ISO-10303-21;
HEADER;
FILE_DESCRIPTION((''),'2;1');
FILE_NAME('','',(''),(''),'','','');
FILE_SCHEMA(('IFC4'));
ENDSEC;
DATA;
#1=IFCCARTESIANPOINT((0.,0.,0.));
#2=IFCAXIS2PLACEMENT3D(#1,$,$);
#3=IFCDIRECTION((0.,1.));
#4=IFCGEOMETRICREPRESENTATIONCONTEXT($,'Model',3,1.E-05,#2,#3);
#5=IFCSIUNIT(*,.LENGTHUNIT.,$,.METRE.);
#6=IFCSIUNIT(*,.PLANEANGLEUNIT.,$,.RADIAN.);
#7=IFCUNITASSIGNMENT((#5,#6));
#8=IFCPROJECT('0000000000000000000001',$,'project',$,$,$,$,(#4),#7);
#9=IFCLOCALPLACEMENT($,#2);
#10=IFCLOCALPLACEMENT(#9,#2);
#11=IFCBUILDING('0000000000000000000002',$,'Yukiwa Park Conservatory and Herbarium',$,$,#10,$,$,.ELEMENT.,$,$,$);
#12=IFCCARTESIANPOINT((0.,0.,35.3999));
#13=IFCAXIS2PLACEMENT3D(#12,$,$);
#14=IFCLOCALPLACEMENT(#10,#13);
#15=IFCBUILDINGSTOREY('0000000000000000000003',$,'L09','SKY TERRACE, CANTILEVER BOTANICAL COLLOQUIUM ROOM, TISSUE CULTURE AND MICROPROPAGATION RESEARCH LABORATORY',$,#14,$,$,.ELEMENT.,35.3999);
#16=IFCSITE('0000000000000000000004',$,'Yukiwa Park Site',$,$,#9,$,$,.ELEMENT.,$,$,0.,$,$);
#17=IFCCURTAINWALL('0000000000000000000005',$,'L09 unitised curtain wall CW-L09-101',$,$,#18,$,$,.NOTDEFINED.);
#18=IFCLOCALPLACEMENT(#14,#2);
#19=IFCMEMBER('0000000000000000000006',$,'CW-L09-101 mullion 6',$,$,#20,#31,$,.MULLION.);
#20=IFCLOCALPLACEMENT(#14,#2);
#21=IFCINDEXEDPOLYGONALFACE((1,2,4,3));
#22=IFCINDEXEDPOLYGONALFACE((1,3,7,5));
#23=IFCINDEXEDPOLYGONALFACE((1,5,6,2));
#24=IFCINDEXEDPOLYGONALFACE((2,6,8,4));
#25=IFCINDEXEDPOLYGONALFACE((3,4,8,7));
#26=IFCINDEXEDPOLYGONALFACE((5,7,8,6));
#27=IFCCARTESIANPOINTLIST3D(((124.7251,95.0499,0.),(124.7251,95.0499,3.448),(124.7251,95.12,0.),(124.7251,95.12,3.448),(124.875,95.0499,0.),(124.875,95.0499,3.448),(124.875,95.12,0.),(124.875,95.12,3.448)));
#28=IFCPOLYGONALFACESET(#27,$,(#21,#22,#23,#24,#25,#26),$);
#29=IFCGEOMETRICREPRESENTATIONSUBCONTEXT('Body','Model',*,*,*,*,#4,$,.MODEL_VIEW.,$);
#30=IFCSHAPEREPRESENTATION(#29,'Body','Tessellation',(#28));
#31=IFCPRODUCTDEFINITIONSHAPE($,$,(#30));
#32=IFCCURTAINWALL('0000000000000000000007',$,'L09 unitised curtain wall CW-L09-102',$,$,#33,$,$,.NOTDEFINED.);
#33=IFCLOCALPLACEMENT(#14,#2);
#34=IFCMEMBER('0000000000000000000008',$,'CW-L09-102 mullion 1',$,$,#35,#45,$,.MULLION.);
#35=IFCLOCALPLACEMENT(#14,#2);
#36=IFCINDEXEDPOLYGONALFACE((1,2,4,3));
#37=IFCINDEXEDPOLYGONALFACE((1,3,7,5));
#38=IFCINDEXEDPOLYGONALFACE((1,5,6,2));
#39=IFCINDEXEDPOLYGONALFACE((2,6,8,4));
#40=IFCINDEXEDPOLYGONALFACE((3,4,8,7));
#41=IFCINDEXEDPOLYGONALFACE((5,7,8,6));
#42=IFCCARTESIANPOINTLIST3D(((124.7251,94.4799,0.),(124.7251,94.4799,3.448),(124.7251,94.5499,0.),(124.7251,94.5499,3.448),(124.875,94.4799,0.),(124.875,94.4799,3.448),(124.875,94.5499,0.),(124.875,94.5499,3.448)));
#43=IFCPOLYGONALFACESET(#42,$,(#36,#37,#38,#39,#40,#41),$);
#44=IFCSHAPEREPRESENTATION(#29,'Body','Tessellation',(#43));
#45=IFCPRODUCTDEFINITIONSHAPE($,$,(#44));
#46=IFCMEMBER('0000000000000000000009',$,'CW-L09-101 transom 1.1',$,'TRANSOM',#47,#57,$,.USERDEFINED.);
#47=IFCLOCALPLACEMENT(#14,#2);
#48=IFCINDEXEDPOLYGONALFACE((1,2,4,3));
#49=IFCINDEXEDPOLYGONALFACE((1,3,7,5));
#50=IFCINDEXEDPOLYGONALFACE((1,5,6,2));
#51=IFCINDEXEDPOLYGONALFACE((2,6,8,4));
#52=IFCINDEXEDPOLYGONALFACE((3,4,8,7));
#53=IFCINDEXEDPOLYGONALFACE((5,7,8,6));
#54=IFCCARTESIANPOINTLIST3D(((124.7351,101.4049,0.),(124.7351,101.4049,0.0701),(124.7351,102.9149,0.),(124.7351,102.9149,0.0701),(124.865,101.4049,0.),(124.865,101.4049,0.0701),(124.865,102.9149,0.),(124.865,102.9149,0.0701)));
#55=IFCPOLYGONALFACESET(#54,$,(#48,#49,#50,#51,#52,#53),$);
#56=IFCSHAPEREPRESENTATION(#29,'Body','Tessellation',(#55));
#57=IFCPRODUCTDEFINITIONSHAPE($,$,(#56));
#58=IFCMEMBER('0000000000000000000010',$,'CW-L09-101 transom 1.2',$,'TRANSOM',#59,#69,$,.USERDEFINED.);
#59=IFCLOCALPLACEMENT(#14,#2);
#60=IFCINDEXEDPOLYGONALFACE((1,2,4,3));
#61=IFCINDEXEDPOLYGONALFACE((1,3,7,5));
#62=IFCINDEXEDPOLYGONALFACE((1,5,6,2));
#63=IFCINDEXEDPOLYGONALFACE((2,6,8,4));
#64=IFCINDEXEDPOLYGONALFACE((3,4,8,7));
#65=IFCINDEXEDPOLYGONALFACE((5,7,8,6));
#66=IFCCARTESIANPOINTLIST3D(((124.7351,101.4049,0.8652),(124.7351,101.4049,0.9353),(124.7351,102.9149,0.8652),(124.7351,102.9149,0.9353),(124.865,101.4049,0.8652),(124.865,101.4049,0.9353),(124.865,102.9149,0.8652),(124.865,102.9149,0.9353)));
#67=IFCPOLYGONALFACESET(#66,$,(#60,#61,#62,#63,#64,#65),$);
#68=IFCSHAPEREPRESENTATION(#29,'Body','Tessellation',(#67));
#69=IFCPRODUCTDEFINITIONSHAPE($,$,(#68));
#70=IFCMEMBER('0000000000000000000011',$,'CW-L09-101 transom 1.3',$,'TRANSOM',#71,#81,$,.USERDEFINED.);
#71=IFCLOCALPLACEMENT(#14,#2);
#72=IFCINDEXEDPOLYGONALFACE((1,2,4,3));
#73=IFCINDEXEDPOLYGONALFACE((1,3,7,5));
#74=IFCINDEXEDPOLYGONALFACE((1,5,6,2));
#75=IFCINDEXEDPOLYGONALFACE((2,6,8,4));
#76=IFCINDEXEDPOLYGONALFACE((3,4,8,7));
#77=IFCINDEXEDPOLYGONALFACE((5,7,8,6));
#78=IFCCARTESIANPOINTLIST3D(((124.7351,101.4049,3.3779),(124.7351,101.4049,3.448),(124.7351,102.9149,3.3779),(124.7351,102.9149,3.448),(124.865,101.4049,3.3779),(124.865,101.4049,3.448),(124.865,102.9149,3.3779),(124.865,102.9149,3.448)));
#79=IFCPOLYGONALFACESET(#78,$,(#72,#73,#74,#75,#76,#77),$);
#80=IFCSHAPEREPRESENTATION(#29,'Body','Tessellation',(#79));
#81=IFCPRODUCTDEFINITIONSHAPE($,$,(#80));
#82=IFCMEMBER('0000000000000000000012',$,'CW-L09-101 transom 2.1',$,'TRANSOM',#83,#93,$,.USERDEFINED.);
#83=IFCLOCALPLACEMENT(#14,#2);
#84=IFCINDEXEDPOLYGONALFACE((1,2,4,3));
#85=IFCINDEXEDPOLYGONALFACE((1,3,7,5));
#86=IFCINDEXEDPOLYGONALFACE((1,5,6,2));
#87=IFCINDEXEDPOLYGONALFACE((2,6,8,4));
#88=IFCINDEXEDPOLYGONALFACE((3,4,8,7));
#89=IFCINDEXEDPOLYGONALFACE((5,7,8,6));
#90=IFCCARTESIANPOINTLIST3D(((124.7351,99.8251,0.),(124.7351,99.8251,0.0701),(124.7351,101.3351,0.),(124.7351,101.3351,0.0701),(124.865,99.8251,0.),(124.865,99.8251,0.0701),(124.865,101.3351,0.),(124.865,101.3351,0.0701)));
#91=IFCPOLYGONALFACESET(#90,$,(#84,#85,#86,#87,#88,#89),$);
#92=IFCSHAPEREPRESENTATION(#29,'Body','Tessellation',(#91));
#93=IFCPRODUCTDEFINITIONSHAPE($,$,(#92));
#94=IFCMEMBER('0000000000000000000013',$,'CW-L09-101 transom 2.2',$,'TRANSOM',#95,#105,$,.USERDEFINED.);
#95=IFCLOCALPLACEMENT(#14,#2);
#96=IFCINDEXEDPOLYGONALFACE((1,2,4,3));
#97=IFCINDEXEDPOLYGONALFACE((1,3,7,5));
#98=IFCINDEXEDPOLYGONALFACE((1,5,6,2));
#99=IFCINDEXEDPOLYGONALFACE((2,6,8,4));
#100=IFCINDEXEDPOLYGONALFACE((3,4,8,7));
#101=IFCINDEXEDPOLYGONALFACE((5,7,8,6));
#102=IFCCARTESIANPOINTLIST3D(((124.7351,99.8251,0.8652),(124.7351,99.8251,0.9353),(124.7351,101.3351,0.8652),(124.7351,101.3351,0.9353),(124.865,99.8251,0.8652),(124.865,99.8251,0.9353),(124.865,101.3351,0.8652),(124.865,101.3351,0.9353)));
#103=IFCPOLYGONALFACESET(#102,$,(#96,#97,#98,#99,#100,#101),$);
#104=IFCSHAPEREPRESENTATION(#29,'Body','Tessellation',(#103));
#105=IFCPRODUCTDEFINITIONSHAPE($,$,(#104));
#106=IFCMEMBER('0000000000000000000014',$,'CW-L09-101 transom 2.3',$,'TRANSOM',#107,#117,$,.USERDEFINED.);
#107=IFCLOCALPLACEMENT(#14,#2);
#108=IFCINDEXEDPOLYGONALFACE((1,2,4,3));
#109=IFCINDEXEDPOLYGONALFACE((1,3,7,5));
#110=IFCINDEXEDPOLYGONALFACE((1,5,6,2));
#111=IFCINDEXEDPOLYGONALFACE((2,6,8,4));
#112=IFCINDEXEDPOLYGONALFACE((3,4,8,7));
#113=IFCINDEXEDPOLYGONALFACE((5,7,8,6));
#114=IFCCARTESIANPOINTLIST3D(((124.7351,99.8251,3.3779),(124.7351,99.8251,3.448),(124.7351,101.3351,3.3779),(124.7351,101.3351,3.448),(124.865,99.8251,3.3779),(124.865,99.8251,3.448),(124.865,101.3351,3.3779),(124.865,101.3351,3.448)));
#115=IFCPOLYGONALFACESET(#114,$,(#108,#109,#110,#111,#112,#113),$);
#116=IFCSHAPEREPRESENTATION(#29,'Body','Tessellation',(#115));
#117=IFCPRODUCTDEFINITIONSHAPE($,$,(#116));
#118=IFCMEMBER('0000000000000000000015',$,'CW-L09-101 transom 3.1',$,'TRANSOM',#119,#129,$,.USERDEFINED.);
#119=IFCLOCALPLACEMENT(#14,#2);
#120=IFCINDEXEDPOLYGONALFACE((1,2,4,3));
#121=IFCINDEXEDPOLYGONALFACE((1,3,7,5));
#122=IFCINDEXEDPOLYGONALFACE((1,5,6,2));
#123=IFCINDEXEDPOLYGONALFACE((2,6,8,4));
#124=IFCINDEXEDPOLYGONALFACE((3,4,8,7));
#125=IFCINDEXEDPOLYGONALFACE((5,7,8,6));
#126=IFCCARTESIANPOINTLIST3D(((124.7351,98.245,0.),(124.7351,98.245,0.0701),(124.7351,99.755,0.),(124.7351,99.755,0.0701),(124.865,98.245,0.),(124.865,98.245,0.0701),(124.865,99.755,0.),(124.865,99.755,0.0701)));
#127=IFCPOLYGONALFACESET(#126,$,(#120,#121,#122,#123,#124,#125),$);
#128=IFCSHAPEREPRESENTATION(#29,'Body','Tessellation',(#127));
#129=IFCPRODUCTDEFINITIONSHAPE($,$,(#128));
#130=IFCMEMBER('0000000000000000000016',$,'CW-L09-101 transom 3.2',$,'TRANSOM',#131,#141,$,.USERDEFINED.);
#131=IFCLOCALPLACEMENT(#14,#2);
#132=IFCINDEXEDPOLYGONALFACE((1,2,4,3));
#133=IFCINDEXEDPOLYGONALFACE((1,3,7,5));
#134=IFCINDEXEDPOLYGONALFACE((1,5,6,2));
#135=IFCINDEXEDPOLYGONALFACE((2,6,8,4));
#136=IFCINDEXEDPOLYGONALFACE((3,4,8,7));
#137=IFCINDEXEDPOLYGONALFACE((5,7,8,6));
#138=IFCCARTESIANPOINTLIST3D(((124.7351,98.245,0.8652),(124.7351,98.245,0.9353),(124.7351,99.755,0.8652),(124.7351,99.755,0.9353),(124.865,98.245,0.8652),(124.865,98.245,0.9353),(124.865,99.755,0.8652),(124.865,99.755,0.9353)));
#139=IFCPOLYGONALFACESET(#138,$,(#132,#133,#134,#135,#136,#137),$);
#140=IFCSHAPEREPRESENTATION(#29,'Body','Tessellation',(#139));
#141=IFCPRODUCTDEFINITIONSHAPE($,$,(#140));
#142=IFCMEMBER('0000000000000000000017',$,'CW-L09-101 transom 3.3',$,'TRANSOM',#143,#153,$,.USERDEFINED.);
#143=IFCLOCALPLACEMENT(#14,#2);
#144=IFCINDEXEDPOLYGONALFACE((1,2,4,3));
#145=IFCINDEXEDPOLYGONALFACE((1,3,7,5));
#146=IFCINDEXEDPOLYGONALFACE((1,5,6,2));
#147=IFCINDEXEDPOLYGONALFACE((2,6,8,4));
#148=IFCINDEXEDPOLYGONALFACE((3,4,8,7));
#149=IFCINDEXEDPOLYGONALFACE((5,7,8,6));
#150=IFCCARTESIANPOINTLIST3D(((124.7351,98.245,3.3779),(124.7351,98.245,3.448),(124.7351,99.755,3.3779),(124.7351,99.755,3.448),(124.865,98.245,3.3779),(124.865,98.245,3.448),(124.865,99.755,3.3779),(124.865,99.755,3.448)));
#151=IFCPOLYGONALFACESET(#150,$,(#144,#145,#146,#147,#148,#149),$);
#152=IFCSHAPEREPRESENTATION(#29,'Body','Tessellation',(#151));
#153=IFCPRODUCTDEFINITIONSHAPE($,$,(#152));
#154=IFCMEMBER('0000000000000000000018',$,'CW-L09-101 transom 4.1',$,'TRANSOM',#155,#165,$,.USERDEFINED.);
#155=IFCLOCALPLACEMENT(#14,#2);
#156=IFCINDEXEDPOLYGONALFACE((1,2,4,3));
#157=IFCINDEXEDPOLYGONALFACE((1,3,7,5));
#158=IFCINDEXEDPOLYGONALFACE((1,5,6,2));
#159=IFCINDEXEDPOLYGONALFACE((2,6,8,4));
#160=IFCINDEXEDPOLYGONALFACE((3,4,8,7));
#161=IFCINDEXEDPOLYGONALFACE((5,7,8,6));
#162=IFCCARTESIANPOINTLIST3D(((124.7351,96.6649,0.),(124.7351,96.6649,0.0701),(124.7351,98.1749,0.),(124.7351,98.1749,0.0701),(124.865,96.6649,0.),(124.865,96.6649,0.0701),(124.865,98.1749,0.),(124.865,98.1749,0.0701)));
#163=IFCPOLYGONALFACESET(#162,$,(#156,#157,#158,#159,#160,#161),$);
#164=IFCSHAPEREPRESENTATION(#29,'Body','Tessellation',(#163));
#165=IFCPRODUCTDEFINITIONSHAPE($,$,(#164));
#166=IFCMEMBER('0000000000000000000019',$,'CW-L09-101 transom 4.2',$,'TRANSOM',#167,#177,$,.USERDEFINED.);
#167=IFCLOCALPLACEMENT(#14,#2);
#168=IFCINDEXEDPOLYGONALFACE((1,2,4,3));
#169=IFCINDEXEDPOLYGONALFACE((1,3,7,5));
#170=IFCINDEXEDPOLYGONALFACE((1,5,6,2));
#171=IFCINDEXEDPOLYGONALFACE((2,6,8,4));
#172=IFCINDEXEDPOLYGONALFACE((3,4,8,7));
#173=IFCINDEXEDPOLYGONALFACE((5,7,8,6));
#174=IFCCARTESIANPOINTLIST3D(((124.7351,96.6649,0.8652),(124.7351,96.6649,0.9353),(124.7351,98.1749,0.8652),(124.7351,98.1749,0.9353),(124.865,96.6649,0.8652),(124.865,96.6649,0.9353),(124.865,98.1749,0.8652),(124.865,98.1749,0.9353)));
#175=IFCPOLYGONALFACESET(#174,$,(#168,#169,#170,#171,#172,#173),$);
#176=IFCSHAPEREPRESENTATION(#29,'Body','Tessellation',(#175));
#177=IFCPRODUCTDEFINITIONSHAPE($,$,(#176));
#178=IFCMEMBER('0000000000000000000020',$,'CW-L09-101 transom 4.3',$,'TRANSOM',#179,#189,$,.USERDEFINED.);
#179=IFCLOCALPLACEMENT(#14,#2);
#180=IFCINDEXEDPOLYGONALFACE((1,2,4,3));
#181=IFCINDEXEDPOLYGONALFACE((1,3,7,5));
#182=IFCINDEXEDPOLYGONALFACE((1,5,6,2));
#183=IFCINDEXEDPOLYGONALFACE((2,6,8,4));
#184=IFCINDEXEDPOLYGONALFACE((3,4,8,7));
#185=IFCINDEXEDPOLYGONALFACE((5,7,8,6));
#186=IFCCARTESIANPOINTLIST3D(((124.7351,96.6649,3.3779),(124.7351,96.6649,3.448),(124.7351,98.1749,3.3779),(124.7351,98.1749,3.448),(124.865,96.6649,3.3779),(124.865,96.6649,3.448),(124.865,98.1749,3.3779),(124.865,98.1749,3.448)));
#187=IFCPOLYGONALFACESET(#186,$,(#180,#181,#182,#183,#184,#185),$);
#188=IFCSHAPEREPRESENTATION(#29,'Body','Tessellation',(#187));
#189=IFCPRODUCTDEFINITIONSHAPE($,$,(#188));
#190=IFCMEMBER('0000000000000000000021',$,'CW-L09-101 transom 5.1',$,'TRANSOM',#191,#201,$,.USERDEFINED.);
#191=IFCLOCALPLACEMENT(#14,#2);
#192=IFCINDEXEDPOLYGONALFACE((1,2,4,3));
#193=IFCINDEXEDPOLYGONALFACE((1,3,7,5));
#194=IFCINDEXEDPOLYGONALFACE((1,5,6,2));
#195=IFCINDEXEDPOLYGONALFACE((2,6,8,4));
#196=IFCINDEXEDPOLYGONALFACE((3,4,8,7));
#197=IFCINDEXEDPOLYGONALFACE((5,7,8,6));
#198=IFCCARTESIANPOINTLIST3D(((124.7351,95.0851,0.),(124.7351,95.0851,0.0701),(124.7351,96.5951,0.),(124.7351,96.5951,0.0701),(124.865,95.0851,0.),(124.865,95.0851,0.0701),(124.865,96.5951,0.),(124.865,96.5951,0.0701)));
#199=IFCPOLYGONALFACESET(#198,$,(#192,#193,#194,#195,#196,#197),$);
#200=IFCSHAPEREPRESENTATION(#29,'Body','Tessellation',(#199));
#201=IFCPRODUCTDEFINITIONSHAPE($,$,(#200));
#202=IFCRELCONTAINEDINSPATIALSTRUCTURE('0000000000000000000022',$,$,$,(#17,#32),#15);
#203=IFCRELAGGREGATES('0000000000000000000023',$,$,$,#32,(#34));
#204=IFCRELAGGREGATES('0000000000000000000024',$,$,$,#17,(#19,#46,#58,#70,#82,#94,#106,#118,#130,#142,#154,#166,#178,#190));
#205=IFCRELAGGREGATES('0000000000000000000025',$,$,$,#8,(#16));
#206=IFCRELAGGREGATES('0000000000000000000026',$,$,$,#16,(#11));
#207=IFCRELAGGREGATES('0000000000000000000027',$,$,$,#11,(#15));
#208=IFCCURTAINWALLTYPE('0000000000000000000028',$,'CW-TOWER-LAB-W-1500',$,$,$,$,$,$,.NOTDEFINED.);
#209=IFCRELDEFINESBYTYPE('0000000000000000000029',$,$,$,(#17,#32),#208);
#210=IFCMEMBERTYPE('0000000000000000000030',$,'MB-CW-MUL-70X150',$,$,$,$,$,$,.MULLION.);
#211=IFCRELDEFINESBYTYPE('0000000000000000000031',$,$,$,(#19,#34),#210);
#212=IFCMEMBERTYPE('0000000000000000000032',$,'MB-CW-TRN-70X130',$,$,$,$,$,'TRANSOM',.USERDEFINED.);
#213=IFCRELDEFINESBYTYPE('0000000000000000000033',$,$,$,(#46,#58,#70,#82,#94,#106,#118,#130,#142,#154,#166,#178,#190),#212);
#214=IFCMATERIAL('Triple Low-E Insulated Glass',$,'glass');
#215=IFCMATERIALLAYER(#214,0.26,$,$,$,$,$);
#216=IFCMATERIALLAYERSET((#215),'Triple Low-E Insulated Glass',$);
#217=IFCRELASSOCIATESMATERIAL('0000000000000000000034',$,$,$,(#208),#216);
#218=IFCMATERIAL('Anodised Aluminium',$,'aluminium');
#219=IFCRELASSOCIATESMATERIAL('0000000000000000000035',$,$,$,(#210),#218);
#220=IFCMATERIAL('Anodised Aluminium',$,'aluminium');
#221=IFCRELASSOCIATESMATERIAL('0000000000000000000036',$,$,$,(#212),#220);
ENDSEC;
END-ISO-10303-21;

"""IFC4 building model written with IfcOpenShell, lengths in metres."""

from ifc_helpers import new_model, si_unit, direction, frame, origin, origin_2d, place, context, subcontext, project, spatial, rectangle, extrude, material, layer, layer_set, type_object, element, aggregate, save


model = new_model("IFC4")

# Units and contexts
model_context = context("Model", 3, precision=1e-05, world=origin(), true_north=direction((0.0, 1.0)))
body_context = subcontext(model_context, "Body", "Model", "MODEL_VIEW")
ifc_project = project(units=[si_unit("LENGTHUNIT", "METRE"), si_unit("PLANEANGLEUNIT", "RADIAN")], contexts=[model_context])

# Site, building, storey
site_placement = place(None, origin())
site = spatial("IfcSite", under=ifc_project, at=site_placement, Name="Yukiwa Park Site", CompositionType="ELEMENT", RefElevation=0.0)
building_placement = place(site_placement, origin())
building = spatial("IfcBuilding", under=site, at=building_placement, Name="Yukiwa Park Conservatory and Herbarium", CompositionType="ELEMENT")
storey_placement = place(building_placement, frame((0.0, 0.0, 35.3999)))
storey = spatial("IfcBuildingStorey", under=building, at=storey_placement, Name="L09", Description="SKY TERRACE, CANTILEVER BOTANICAL COLLOQUIUM ROOM, TISSUE CULTURE AND MICROPROPAGATION RESEARCH LABORATORY", CompositionType="ELEMENT", Elevation=35.3999)

# Curtain walls, members
ifc_material_1 = material(Name="Triple Low-E Insulated Glass", Category="glass")
ifc_layer_1 = layer(ifc_material_1, 0.26)
ifc_layer_set_1 = layer_set([ifc_layer_1], Name="Triple Low-E Insulated Glass")
curtain_wall_type = type_object("IfcCurtainWallType", Name="CW-TOWER-LAB-W-1500", PredefinedType="NOTDEFINED", material=ifc_layer_set_1)
curtain_wall_1_placement = place(storey_placement, origin())
curtain_wall_1 = element("IfcCurtainWall", 1, at=curtain_wall_1_placement, inside=storey, type_object=curtain_wall_type, Name="L09 unitised curtain wall CW-L09-101", PredefinedType="NOTDEFINED")
ifc_material_2 = material(Name="Anodised Aluminium", Category="aluminium")
member_type_1 = type_object("IfcMemberType", Name="MB-CW-MUL-70X150", PredefinedType="MULLION", material=ifc_material_2)
member_1_placement = place(storey_placement, frame((124.8, 95.085, 0.0), z_axis=(0.0, 0.0, 1.0), x_axis=(0.0, -1.0, 0.0)))
member_1 = element("IfcMember", 2, at=member_1_placement, type_object=member_type_1, Name="CW-L09-101 mullion 6", PredefinedType="MULLION", context=body_context, shape_type="SweptSolid", body=[
    extrude(rectangle(XDim=0.0701, YDim=0.1499, at=origin_2d()), origin(), (0.0, 0.0, 1.0), 3.448),
])
curtain_wall_2_placement = place(storey_placement, origin())
curtain_wall_2 = element("IfcCurtainWall", 3, at=curtain_wall_2_placement, inside=storey, type_object=curtain_wall_type, Name="L09 unitised curtain wall CW-L09-102", PredefinedType="NOTDEFINED")
member_2_placement = place(storey_placement, frame((124.8, 94.5149, 0.0), z_axis=(0.0, 0.0, 1.0), x_axis=(0.0, -1.0, 0.0)))
member_2 = element("IfcMember", 4, at=member_2_placement, type_object=member_type_1, Name="CW-L09-102 mullion 1", PredefinedType="MULLION", context=body_context, shape_type="SweptSolid", body=[
    extrude(rectangle(XDim=0.0701, YDim=0.1499, at=origin_2d()), origin(), (0.0, 0.0, 1.0), 3.448),
])
aggregate(curtain_wall_2, [member_2])

# Members
ifc_material_3 = material(Name="Anodised Aluminium", Category="aluminium")
member_type_2 = type_object("IfcMemberType", Name="MB-CW-TRN-70X130", ElementType="TRANSOM", PredefinedType="USERDEFINED", material=ifc_material_3)
member_3_placement = place(storey_placement, frame((124.8, 102.1599, 0.0), z_axis=(0.0, 0.0, 1.0), x_axis=(0.0, -1.0, 0.0)))
member_3 = element("IfcMember", 5, at=member_3_placement, type_object=member_type_2, Name="CW-L09-101 transom 1.1", ObjectType="TRANSOM", PredefinedType="USERDEFINED", context=body_context, shape_type="SweptSolid", body=[
    extrude(rectangle(XDim=1.51, YDim=0.1299, at=origin_2d()), origin(), (0.0, 0.0, 1.0), 0.0701),
])
member_4_placement = place(storey_placement, frame((124.8, 102.1599, 0.8652), z_axis=(0.0, 0.0, 1.0), x_axis=(0.0, -1.0, 0.0)))
member_4 = element("IfcMember", 6, at=member_4_placement, type_object=member_type_2, Name="CW-L09-101 transom 1.2", ObjectType="TRANSOM", PredefinedType="USERDEFINED", context=body_context, shape_type="SweptSolid", body=[
    extrude(rectangle(XDim=1.51, YDim=0.1299, at=origin_2d()), origin(), (0.0, 0.0, 1.0), 0.0701),
])
member_5_placement = place(storey_placement, frame((124.8, 102.1599, 3.3779), z_axis=(0.0, 0.0, 1.0), x_axis=(0.0, -1.0, 0.0)))
member_5 = element("IfcMember", 7, at=member_5_placement, type_object=member_type_2, Name="CW-L09-101 transom 1.3", ObjectType="TRANSOM", PredefinedType="USERDEFINED", context=body_context, shape_type="SweptSolid", body=[
    extrude(rectangle(XDim=1.51, YDim=0.1299, at=origin_2d()), origin(), (0.0, 0.0, 1.0), 0.0701),
])
member_6_placement = place(storey_placement, frame((124.8, 100.5801, 0.0), z_axis=(0.0, 0.0, 1.0), x_axis=(0.0, -1.0, 0.0)))
member_6 = element("IfcMember", 8, at=member_6_placement, type_object=member_type_2, Name="CW-L09-101 transom 2.1", ObjectType="TRANSOM", PredefinedType="USERDEFINED", context=body_context, shape_type="SweptSolid", body=[
    extrude(rectangle(XDim=1.51, YDim=0.1299, at=origin_2d()), origin(), (0.0, 0.0, 1.0), 0.0701),
])
member_7_placement = place(storey_placement, frame((124.8, 100.5801, 0.8652), z_axis=(0.0, 0.0, 1.0), x_axis=(0.0, -1.0, 0.0)))
member_7 = element("IfcMember", 9, at=member_7_placement, type_object=member_type_2, Name="CW-L09-101 transom 2.2", ObjectType="TRANSOM", PredefinedType="USERDEFINED", context=body_context, shape_type="SweptSolid", body=[
    extrude(rectangle(XDim=1.51, YDim=0.1299, at=origin_2d()), origin(), (0.0, 0.0, 1.0), 0.0701),
])
member_8_placement = place(storey_placement, frame((124.8, 100.5801, 3.3779), z_axis=(0.0, 0.0, 1.0), x_axis=(0.0, -1.0, 0.0)))
member_8 = element("IfcMember", 10, at=member_8_placement, type_object=member_type_2, Name="CW-L09-101 transom 2.3", ObjectType="TRANSOM", PredefinedType="USERDEFINED", context=body_context, shape_type="SweptSolid", body=[
    extrude(rectangle(XDim=1.51, YDim=0.1299, at=origin_2d()), origin(), (0.0, 0.0, 1.0), 0.0701),
])
member_9_placement = place(storey_placement, frame((124.8, 99.0, 0.0), z_axis=(0.0, 0.0, 1.0), x_axis=(0.0, -1.0, 0.0)))
member_9 = element("IfcMember", 11, at=member_9_placement, type_object=member_type_2, Name="CW-L09-101 transom 3.1", ObjectType="TRANSOM", PredefinedType="USERDEFINED", context=body_context, shape_type="SweptSolid", body=[
    extrude(rectangle(XDim=1.51, YDim=0.1299, at=origin_2d()), origin(), (0.0, 0.0, 1.0), 0.0701),
])
member_10_placement = place(storey_placement, frame((124.8, 99.0, 0.8652), z_axis=(0.0, 0.0, 1.0), x_axis=(0.0, -1.0, 0.0)))
member_10 = element("IfcMember", 12, at=member_10_placement, type_object=member_type_2, Name="CW-L09-101 transom 3.2", ObjectType="TRANSOM", PredefinedType="USERDEFINED", context=body_context, shape_type="SweptSolid", body=[
    extrude(rectangle(XDim=1.51, YDim=0.1299, at=origin_2d()), origin(), (0.0, 0.0, 1.0), 0.0701),
])
member_11_placement = place(storey_placement, frame((124.8, 99.0, 3.3779), z_axis=(0.0, 0.0, 1.0), x_axis=(0.0, -1.0, 0.0)))
member_11 = element("IfcMember", 13, at=member_11_placement, type_object=member_type_2, Name="CW-L09-101 transom 3.3", ObjectType="TRANSOM", PredefinedType="USERDEFINED", context=body_context, shape_type="SweptSolid", body=[
    extrude(rectangle(XDim=1.51, YDim=0.1299, at=origin_2d()), origin(), (0.0, 0.0, 1.0), 0.0701),
])
member_12_placement = place(storey_placement, frame((124.8, 97.4199, 0.0), z_axis=(0.0, 0.0, 1.0), x_axis=(0.0, -1.0, 0.0)))
member_12 = element("IfcMember", 14, at=member_12_placement, type_object=member_type_2, Name="CW-L09-101 transom 4.1", ObjectType="TRANSOM", PredefinedType="USERDEFINED", context=body_context, shape_type="SweptSolid", body=[
    extrude(rectangle(XDim=1.51, YDim=0.1299, at=origin_2d()), origin(), (0.0, 0.0, 1.0), 0.0701),
])
member_13_placement = place(storey_placement, frame((124.8, 97.4199, 0.8652), z_axis=(0.0, 0.0, 1.0), x_axis=(0.0, -1.0, 0.0)))
member_13 = element("IfcMember", 15, at=member_13_placement, type_object=member_type_2, Name="CW-L09-101 transom 4.2", ObjectType="TRANSOM", PredefinedType="USERDEFINED", context=body_context, shape_type="SweptSolid", body=[
    extrude(rectangle(XDim=1.51, YDim=0.1299, at=origin_2d()), origin(), (0.0, 0.0, 1.0), 0.0701),
])
member_14_placement = place(storey_placement, frame((124.8, 97.4199, 3.3779), z_axis=(0.0, 0.0, 1.0), x_axis=(0.0, -1.0, 0.0)))
member_14 = element("IfcMember", 16, at=member_14_placement, type_object=member_type_2, Name="CW-L09-101 transom 4.3", ObjectType="TRANSOM", PredefinedType="USERDEFINED", context=body_context, shape_type="SweptSolid", body=[
    extrude(rectangle(XDim=1.51, YDim=0.1299, at=origin_2d()), origin(), (0.0, 0.0, 1.0), 0.0701),
])
member_15_placement = place(storey_placement, frame((124.8, 95.8401, 0.0), z_axis=(0.0, 0.0, 1.0), x_axis=(0.0, -1.0, 0.0)))
member_15 = element("IfcMember", 17, at=member_15_placement, type_object=member_type_2, Name="CW-L09-101 transom 5.1", ObjectType="TRANSOM", PredefinedType="USERDEFINED", context=body_context, shape_type="SweptSolid", body=[
    extrude(rectangle(XDim=1.51, YDim=0.1299, at=origin_2d()), origin(), (0.0, 0.0, 1.0), 0.0701),
])

aggregate(curtain_wall_1, [member_1, member_3, member_4, member_5, member_6, member_7, member_8, member_9, member_10, member_11, member_12, member_13, member_14, member_15])

save(model, "model.ifc")
